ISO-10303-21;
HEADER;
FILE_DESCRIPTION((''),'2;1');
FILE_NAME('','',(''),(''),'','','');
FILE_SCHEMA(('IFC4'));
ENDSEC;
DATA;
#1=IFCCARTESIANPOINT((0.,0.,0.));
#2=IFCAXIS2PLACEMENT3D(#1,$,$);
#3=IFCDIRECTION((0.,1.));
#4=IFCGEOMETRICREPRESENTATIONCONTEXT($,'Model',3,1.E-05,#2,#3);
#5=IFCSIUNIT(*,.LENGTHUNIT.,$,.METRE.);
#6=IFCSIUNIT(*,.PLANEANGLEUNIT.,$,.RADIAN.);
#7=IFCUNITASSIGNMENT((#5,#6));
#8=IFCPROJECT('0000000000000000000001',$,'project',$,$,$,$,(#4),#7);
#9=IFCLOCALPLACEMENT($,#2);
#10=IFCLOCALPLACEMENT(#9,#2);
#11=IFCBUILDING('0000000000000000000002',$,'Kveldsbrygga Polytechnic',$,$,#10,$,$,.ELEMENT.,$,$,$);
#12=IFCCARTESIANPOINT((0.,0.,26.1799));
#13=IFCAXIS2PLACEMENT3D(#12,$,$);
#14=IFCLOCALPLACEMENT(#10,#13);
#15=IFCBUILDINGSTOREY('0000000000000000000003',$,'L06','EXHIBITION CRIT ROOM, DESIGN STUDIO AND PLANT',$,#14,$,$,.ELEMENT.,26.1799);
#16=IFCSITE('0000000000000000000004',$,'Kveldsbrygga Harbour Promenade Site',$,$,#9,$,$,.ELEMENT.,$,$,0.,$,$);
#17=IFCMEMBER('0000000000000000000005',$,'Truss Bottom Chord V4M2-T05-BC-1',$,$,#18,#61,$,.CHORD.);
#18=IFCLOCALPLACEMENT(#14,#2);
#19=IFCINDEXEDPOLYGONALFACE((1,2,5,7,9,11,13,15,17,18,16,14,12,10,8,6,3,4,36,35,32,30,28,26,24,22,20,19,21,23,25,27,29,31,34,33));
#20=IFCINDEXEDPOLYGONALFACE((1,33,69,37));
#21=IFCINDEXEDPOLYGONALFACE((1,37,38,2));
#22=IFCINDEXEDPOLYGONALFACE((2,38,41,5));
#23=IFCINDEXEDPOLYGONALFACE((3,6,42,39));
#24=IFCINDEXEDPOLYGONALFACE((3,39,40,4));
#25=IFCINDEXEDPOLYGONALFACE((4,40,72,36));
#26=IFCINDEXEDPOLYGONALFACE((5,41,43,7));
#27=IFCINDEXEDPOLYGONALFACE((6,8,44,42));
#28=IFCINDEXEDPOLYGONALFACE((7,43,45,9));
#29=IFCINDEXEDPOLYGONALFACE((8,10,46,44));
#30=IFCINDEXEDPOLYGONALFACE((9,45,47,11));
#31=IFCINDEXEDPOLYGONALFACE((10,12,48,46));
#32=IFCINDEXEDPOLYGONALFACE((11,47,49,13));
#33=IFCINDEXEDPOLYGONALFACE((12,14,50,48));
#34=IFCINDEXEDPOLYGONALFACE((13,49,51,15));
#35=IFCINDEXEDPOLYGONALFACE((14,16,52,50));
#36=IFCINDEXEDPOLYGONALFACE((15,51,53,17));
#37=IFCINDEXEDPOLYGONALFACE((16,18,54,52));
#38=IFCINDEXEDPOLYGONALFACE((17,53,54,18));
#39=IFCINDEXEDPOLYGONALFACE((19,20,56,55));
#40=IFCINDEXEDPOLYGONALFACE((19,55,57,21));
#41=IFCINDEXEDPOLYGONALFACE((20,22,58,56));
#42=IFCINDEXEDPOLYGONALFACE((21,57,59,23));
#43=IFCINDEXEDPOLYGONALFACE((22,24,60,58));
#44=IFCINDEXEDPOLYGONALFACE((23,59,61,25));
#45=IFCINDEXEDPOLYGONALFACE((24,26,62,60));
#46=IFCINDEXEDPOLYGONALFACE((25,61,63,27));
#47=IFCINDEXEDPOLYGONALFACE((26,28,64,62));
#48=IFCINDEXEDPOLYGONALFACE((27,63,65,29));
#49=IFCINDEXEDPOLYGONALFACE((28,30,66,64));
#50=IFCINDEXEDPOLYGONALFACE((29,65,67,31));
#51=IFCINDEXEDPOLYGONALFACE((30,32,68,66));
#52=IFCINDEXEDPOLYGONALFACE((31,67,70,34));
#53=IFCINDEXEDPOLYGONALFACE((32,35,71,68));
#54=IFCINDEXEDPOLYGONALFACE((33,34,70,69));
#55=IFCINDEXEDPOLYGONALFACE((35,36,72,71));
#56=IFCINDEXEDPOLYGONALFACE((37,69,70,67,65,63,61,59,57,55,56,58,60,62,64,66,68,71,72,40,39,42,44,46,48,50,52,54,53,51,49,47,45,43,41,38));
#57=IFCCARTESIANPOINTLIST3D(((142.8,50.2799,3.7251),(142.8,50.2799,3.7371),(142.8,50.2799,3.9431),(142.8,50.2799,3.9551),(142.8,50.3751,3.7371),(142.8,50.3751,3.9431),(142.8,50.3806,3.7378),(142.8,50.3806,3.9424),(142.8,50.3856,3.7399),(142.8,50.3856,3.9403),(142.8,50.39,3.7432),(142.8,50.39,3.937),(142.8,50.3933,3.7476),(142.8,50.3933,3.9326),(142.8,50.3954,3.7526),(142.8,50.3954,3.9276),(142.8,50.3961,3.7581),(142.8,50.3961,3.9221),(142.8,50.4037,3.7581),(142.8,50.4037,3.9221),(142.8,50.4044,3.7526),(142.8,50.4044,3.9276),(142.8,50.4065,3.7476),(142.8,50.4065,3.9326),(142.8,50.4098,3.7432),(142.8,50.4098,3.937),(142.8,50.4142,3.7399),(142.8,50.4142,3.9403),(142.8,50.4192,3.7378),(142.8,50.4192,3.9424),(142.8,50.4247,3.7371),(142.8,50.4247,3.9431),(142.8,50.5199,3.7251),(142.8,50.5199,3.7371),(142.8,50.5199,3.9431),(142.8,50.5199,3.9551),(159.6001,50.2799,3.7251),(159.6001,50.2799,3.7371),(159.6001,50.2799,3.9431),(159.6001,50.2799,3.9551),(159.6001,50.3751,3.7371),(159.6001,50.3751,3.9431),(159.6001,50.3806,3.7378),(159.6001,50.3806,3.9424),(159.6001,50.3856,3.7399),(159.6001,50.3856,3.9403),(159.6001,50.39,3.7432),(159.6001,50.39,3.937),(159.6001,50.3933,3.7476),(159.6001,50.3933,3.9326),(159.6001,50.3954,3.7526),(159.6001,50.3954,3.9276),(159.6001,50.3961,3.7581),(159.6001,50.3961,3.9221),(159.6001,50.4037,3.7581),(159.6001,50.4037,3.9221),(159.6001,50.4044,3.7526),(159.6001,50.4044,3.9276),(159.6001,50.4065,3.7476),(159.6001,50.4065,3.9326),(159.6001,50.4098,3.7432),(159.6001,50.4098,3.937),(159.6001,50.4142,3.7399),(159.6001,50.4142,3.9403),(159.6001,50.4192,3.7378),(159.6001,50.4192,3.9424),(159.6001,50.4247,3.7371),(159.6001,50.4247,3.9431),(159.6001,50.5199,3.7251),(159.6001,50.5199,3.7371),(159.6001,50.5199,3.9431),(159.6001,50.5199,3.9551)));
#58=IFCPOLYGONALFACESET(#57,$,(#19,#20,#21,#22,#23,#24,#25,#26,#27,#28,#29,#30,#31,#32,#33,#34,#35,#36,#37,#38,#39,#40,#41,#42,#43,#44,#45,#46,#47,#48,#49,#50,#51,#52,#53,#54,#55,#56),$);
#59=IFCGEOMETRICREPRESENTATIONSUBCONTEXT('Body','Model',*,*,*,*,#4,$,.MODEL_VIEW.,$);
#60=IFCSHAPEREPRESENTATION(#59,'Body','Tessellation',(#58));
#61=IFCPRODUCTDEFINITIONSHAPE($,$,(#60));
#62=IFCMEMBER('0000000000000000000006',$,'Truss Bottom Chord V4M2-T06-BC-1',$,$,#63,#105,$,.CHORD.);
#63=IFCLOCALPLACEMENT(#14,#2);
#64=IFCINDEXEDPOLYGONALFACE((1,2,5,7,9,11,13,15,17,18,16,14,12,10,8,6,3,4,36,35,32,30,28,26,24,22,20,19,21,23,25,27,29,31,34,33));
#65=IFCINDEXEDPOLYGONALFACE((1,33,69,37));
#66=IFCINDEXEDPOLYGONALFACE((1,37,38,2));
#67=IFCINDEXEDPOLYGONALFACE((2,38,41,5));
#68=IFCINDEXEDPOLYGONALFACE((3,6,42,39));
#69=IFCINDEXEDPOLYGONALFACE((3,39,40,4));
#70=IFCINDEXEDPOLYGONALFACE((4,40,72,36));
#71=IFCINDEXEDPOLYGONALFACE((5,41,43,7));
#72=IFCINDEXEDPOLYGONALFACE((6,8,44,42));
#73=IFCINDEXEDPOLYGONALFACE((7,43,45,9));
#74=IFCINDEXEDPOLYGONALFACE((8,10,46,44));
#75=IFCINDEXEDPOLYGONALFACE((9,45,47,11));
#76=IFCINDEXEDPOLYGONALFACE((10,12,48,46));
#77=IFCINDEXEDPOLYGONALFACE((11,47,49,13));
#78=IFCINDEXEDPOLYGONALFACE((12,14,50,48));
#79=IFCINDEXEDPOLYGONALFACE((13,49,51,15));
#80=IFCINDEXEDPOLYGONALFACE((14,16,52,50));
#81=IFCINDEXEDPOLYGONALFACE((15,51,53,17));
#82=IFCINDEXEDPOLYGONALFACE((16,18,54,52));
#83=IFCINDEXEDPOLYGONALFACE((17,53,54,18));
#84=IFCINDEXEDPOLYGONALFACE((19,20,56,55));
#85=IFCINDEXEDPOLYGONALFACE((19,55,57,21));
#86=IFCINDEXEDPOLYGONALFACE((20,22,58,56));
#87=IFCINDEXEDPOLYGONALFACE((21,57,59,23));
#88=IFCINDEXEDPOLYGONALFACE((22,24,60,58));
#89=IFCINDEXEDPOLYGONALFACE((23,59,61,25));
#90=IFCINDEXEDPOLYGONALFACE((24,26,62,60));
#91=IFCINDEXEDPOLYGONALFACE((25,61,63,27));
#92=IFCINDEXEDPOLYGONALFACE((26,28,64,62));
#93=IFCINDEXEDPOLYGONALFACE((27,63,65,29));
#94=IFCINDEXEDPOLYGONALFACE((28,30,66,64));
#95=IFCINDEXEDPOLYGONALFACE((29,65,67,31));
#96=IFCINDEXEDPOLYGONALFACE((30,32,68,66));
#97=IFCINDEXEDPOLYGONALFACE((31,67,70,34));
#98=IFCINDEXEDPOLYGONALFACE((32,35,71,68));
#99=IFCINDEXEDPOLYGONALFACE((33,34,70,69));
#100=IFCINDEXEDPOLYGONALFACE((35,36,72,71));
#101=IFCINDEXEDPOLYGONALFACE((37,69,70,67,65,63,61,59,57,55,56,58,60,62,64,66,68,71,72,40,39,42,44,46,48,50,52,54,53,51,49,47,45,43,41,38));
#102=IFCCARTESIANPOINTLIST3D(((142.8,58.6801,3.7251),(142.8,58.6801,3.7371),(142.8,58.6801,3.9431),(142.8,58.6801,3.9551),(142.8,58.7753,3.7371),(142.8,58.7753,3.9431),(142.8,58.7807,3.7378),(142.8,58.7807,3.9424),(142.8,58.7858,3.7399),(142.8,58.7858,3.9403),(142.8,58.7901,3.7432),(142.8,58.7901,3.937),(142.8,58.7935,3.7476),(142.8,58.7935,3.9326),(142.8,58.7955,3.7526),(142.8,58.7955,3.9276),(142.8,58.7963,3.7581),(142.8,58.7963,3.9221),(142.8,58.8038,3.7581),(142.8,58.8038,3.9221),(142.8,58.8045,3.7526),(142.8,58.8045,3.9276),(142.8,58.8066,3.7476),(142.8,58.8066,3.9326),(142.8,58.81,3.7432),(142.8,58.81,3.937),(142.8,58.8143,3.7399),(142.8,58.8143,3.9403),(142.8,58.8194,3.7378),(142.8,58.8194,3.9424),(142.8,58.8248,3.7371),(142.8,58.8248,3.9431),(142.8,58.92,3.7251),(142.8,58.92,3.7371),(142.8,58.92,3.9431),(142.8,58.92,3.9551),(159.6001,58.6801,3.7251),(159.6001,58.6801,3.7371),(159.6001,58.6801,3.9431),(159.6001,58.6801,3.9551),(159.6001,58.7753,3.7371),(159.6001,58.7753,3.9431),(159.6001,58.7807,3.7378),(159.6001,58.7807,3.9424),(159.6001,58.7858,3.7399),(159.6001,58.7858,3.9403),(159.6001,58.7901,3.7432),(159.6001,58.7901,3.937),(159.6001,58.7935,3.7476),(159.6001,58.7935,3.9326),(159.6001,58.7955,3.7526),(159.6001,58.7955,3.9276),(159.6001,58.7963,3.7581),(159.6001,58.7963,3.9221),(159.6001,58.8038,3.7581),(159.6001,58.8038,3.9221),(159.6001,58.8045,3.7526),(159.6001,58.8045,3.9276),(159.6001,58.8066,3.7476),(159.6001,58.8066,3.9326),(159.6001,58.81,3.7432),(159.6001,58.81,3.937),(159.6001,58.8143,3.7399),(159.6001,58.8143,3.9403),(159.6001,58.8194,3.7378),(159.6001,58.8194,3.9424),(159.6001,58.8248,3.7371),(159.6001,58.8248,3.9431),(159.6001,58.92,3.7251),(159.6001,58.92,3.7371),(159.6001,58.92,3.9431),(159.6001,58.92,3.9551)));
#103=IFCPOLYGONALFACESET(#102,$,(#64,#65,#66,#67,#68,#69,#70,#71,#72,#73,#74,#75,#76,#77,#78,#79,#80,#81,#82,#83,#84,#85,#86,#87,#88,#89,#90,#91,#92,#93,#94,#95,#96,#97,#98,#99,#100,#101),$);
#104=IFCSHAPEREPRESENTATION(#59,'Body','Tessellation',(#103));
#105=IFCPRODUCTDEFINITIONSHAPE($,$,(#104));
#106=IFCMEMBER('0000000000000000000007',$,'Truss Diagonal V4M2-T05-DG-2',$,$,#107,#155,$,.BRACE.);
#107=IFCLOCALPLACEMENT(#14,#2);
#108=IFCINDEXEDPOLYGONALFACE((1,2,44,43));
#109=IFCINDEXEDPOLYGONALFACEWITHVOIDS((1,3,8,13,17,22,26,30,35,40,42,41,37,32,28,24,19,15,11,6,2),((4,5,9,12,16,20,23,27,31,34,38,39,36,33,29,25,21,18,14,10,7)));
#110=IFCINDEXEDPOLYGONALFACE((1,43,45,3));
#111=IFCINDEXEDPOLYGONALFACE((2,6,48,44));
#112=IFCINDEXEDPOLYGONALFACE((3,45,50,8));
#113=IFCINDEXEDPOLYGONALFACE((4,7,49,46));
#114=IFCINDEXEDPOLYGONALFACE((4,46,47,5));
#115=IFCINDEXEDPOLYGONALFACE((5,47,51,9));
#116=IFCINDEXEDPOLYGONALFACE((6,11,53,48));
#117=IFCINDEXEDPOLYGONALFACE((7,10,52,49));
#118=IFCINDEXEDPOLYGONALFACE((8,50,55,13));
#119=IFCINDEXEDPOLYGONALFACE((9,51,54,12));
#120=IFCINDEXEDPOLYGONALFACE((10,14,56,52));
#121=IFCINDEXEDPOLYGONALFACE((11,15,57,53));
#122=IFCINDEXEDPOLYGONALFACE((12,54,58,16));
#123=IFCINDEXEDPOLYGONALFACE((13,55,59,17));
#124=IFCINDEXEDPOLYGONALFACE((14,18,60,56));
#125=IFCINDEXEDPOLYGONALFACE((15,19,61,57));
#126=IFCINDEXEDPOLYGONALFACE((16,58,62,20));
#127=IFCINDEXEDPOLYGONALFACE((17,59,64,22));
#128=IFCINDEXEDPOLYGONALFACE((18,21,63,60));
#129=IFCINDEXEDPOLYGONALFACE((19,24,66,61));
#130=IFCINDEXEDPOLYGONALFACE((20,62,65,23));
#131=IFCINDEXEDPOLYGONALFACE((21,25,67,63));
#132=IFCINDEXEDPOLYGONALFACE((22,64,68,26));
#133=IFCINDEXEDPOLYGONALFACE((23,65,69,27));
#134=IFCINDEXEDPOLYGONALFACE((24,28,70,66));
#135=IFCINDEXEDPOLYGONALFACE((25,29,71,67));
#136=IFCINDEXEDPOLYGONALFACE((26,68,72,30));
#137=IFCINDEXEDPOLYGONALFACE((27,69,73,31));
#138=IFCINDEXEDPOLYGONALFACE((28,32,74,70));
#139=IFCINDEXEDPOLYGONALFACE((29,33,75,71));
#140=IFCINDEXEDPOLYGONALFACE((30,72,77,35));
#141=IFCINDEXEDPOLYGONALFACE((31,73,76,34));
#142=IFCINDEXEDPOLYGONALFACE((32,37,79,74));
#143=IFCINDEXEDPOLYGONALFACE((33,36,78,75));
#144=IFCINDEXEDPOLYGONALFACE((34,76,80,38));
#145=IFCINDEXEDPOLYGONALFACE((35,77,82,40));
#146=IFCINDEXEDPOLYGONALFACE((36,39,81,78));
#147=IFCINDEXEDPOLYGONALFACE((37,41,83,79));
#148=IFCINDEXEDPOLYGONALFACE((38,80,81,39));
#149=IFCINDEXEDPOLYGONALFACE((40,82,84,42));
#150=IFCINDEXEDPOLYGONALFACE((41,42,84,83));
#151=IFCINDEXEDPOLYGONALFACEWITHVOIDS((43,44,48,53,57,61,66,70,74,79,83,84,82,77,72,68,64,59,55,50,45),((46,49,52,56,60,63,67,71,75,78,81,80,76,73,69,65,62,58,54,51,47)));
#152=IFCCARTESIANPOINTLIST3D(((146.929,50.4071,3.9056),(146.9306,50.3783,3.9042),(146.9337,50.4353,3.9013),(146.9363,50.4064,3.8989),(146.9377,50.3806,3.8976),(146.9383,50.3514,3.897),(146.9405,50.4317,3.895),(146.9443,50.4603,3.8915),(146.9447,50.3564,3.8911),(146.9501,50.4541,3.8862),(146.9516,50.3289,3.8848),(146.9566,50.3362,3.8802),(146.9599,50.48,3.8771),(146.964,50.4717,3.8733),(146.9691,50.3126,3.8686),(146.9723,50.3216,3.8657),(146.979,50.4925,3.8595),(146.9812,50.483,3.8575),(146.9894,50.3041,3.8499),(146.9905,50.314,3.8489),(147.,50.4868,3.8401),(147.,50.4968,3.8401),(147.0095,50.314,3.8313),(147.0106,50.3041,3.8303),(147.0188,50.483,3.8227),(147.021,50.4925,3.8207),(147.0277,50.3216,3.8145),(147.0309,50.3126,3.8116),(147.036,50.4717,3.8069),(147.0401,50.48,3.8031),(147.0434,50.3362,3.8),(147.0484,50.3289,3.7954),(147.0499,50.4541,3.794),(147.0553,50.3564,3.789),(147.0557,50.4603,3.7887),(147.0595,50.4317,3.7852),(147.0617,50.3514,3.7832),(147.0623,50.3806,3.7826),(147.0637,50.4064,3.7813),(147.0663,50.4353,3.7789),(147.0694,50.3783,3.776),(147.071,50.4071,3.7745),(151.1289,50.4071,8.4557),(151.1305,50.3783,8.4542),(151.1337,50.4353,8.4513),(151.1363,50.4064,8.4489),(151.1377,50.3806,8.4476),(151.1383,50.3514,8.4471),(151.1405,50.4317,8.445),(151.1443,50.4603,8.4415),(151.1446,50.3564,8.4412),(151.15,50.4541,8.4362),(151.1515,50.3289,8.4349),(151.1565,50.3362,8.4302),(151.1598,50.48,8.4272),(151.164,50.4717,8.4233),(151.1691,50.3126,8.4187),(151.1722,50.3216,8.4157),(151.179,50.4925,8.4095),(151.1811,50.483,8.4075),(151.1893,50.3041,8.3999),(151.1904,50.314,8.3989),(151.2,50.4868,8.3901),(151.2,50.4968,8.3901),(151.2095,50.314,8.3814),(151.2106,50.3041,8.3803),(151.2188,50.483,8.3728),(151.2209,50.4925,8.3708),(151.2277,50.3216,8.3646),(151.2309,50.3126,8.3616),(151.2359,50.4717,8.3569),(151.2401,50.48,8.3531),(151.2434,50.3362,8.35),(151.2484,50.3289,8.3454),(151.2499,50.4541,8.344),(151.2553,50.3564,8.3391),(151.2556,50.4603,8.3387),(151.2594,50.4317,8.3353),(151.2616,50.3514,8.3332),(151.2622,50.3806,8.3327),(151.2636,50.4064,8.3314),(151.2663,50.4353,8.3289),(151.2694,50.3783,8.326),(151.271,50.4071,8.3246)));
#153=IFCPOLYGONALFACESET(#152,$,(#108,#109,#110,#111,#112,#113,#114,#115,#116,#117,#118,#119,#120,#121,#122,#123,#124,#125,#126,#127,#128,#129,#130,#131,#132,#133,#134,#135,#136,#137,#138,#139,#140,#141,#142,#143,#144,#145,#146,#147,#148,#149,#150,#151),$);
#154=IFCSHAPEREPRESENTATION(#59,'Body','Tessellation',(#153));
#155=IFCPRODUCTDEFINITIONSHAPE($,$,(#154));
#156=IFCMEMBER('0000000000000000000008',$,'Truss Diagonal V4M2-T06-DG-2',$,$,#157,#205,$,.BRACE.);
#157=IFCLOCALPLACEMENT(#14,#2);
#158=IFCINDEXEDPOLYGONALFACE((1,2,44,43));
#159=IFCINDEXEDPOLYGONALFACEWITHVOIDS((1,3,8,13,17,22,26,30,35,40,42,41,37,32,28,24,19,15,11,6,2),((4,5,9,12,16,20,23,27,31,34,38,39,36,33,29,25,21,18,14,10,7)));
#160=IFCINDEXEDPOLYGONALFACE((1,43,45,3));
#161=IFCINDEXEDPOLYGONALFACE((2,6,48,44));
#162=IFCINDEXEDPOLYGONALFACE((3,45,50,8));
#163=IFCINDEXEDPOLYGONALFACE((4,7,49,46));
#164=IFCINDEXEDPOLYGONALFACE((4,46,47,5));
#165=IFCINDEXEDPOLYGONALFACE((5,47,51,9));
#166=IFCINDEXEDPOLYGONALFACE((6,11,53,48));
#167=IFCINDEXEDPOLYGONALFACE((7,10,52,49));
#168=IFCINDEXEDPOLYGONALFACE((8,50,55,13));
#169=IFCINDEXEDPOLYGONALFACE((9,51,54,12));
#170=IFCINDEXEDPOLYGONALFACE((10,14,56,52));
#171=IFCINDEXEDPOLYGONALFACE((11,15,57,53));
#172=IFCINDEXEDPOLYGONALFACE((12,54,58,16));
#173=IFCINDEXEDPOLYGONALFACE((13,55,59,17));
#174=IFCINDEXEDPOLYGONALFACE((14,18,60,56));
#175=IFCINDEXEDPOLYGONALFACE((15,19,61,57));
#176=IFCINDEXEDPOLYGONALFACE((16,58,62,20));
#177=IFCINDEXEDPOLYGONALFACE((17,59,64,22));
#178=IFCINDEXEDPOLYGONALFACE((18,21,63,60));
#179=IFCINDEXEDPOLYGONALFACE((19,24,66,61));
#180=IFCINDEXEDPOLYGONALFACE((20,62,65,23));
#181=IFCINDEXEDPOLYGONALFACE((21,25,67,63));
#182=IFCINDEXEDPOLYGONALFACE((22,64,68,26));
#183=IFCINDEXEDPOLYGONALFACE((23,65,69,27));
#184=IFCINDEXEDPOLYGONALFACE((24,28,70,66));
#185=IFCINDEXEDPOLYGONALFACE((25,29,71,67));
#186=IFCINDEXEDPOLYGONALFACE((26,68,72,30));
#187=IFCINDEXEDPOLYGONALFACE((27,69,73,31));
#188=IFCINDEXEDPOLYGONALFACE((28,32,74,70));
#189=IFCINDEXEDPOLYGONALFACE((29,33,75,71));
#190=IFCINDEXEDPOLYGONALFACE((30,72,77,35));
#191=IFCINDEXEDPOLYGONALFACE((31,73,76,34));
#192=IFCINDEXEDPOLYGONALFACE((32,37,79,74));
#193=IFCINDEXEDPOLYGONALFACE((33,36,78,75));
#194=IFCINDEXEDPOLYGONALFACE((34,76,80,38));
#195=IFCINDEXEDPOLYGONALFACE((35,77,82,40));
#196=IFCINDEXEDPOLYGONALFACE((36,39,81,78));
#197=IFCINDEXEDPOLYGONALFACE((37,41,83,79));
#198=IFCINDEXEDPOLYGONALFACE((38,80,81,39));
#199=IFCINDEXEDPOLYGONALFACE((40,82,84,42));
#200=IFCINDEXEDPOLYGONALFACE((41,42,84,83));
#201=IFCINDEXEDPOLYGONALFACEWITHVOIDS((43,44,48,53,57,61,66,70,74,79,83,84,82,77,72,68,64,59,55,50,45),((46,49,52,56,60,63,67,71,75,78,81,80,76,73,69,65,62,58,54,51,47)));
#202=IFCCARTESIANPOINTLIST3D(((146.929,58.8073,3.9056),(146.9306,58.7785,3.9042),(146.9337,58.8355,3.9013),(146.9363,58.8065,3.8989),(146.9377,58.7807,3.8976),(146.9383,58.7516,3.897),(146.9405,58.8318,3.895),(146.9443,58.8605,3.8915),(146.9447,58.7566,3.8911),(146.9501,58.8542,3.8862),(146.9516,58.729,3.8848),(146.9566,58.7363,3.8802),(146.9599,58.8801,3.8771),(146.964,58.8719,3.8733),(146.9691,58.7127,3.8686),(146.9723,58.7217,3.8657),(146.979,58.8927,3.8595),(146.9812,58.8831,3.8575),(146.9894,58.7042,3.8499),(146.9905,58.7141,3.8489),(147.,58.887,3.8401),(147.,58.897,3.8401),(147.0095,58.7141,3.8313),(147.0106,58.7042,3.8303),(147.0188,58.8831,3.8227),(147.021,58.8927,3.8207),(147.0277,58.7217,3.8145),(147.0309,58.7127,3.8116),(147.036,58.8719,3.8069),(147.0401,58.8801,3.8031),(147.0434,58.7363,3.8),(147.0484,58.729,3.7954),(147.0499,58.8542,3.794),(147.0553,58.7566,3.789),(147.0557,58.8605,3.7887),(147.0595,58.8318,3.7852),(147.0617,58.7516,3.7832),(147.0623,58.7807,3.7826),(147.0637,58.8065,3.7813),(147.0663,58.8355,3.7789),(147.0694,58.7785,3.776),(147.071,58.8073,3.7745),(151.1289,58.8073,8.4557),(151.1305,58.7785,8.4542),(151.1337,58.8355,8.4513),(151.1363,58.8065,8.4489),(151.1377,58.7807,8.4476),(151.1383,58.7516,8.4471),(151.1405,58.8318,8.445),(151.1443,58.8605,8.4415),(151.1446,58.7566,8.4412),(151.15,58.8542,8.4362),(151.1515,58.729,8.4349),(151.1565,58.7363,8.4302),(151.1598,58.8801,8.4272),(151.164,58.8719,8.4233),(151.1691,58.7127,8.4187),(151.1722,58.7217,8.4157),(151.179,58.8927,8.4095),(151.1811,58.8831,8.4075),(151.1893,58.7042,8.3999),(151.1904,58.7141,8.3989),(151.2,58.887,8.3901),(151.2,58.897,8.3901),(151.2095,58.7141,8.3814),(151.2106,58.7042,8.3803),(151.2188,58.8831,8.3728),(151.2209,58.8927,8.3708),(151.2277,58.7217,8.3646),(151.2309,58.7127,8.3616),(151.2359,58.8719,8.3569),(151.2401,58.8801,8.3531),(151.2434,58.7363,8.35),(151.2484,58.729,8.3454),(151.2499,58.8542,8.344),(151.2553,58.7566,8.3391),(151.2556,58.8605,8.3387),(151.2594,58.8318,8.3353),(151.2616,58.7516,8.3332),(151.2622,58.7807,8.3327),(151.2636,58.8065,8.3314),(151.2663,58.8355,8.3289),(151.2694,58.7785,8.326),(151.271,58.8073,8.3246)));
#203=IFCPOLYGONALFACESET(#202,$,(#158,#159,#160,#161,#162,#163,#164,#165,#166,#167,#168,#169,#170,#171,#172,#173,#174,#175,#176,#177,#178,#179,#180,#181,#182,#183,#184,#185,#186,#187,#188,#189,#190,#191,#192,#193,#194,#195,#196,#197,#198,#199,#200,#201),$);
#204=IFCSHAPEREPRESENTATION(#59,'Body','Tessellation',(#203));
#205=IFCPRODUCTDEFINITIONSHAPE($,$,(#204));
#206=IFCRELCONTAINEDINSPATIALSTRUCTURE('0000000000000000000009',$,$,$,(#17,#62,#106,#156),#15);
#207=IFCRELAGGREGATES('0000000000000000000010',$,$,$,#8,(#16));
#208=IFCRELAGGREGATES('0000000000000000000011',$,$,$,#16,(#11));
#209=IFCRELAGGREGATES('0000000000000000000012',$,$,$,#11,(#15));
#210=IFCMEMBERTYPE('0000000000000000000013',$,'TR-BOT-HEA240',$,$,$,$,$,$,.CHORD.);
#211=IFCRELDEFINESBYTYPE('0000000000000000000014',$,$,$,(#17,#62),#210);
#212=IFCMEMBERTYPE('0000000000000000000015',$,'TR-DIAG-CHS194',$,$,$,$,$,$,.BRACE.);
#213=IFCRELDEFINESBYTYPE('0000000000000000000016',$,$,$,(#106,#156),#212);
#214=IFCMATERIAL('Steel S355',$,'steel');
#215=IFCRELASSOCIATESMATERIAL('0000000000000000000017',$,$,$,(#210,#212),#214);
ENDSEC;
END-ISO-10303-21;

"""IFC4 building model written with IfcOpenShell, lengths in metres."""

from ifc_helpers import new_model, si_unit, direction, frame, origin, origin_2d, place, context, subcontext, project, spatial, hollow_circle, i_section, extrude, material, material_profile, profile_set, type_object, element, save


model = new_model("IFC4")

# Units and contexts
model_context = context("Model", 3, precision=1e-05, world=origin(), true_north=direction((0.0, 1.0)))
body_context = subcontext(model_context, "Body", "Model", "MODEL_VIEW")
ifc_project = project(units=[si_unit("LENGTHUNIT", "METRE"), si_unit("PLANEANGLEUNIT", "RADIAN")], contexts=[model_context])

# Site, building, storey
site_placement = place(None, origin())
site = spatial("IfcSite", under=ifc_project, at=site_placement, Name="Kveldsbrygga Harbour Promenade Site", CompositionType="ELEMENT", RefElevation=0.0)
building_placement = place(site_placement, origin())
building = spatial("IfcBuilding", under=site, at=building_placement, Name="Kveldsbrygga Polytechnic", CompositionType="ELEMENT")
storey_placement = place(building_placement, frame((0.0, 0.0, 26.1799)))
storey = spatial("IfcBuildingStorey", under=building, at=storey_placement, Name="L06", Description="EXHIBITION CRIT ROOM, DESIGN STUDIO AND PLANT", CompositionType="ELEMENT", Elevation=26.1799)

# Shared definitions
ifc_material_1 = material(Name="Steel S355", Category="steel")

# Members
ifc_material_profile_1 = material_profile(ifc_material_1, i_section(OverallWidth=0.24, OverallDepth=0.23, WebThickness=0.0076, FlangeThickness=0.012, FilletRadius=0.021, at=origin_2d()), Name="HEA 240")
ifc_profile_set_1 = profile_set([ifc_material_profile_1], Name="Steel S355")
member_type_1 = type_object("IfcMemberType", Name="TR-BOT-HEA240", PredefinedType="CHORD", material=ifc_profile_set_1)
for number, where, z_axis, x_axis, name in (
    (1, (142.8, 50.3999, 3.8401), (1.0, 0.0, 0.0), (0.0, 1.0, 0.0), "Truss Bottom Chord V4M2-T05-BC-1"),
    (2, (142.8, 58.8, 3.8401), (1.0, 0.0, 0.0), (0.0, 1.0, 0.0), "Truss Bottom Chord V4M2-T06-BC-1"),
):
    element("IfcMember", number, at=place(storey_placement, frame(where, z_axis=z_axis, x_axis=x_axis)), inside=storey, type_object=member_type_1, Name=name, PredefinedType="CHORD", context=body_context, shape_type="SweptSolid", body=[
        extrude(i_section(OverallWidth=0.24, OverallDepth=0.23, WebThickness=0.0076, FlangeThickness=0.012, FilletRadius=0.021, at=origin_2d()), origin(), (0.0, 0.0, 1.0), 16.8),
    ])
ifc_material_profile_2 = material_profile(ifc_material_1, hollow_circle(Radius=0.0969, WallThickness=0.01, at=origin_2d()), Name="CHS 193.7x10.0")
ifc_profile_set_2 = profile_set([ifc_material_profile_2], Name="Steel S355")
member_type_2 = type_object("IfcMemberType", Name="TR-DIAG-CHS194", PredefinedType="BRACE", material=ifc_profile_set_2)
for number, where, z_axis, x_axis, name in (
    (3, (147.0, 50.3999, 3.8401), (0.678272, 0.0, 0.734811), (0.0, 1.0, 0.0), "Truss Diagonal V4M2-T05-DG-2"),
    (4, (147.0, 58.8, 3.8401), (0.678272, 0.0, 0.734811), (0.0, 1.0, 0.0), "Truss Diagonal V4M2-T06-DG-2"),
):
    element("IfcMember", number, at=place(storey_placement, frame(where, z_axis=z_axis, x_axis=x_axis)), inside=storey, type_object=member_type_2, Name=name, PredefinedType="BRACE", context=body_context, shape_type="SweptSolid", body=[
        extrude(hollow_circle(Radius=0.0969, WallThickness=0.01, at=origin_2d()), origin(), (0.0, 0.0, 1.0), 6.1921),
    ])

save(model, "model.ifc")
